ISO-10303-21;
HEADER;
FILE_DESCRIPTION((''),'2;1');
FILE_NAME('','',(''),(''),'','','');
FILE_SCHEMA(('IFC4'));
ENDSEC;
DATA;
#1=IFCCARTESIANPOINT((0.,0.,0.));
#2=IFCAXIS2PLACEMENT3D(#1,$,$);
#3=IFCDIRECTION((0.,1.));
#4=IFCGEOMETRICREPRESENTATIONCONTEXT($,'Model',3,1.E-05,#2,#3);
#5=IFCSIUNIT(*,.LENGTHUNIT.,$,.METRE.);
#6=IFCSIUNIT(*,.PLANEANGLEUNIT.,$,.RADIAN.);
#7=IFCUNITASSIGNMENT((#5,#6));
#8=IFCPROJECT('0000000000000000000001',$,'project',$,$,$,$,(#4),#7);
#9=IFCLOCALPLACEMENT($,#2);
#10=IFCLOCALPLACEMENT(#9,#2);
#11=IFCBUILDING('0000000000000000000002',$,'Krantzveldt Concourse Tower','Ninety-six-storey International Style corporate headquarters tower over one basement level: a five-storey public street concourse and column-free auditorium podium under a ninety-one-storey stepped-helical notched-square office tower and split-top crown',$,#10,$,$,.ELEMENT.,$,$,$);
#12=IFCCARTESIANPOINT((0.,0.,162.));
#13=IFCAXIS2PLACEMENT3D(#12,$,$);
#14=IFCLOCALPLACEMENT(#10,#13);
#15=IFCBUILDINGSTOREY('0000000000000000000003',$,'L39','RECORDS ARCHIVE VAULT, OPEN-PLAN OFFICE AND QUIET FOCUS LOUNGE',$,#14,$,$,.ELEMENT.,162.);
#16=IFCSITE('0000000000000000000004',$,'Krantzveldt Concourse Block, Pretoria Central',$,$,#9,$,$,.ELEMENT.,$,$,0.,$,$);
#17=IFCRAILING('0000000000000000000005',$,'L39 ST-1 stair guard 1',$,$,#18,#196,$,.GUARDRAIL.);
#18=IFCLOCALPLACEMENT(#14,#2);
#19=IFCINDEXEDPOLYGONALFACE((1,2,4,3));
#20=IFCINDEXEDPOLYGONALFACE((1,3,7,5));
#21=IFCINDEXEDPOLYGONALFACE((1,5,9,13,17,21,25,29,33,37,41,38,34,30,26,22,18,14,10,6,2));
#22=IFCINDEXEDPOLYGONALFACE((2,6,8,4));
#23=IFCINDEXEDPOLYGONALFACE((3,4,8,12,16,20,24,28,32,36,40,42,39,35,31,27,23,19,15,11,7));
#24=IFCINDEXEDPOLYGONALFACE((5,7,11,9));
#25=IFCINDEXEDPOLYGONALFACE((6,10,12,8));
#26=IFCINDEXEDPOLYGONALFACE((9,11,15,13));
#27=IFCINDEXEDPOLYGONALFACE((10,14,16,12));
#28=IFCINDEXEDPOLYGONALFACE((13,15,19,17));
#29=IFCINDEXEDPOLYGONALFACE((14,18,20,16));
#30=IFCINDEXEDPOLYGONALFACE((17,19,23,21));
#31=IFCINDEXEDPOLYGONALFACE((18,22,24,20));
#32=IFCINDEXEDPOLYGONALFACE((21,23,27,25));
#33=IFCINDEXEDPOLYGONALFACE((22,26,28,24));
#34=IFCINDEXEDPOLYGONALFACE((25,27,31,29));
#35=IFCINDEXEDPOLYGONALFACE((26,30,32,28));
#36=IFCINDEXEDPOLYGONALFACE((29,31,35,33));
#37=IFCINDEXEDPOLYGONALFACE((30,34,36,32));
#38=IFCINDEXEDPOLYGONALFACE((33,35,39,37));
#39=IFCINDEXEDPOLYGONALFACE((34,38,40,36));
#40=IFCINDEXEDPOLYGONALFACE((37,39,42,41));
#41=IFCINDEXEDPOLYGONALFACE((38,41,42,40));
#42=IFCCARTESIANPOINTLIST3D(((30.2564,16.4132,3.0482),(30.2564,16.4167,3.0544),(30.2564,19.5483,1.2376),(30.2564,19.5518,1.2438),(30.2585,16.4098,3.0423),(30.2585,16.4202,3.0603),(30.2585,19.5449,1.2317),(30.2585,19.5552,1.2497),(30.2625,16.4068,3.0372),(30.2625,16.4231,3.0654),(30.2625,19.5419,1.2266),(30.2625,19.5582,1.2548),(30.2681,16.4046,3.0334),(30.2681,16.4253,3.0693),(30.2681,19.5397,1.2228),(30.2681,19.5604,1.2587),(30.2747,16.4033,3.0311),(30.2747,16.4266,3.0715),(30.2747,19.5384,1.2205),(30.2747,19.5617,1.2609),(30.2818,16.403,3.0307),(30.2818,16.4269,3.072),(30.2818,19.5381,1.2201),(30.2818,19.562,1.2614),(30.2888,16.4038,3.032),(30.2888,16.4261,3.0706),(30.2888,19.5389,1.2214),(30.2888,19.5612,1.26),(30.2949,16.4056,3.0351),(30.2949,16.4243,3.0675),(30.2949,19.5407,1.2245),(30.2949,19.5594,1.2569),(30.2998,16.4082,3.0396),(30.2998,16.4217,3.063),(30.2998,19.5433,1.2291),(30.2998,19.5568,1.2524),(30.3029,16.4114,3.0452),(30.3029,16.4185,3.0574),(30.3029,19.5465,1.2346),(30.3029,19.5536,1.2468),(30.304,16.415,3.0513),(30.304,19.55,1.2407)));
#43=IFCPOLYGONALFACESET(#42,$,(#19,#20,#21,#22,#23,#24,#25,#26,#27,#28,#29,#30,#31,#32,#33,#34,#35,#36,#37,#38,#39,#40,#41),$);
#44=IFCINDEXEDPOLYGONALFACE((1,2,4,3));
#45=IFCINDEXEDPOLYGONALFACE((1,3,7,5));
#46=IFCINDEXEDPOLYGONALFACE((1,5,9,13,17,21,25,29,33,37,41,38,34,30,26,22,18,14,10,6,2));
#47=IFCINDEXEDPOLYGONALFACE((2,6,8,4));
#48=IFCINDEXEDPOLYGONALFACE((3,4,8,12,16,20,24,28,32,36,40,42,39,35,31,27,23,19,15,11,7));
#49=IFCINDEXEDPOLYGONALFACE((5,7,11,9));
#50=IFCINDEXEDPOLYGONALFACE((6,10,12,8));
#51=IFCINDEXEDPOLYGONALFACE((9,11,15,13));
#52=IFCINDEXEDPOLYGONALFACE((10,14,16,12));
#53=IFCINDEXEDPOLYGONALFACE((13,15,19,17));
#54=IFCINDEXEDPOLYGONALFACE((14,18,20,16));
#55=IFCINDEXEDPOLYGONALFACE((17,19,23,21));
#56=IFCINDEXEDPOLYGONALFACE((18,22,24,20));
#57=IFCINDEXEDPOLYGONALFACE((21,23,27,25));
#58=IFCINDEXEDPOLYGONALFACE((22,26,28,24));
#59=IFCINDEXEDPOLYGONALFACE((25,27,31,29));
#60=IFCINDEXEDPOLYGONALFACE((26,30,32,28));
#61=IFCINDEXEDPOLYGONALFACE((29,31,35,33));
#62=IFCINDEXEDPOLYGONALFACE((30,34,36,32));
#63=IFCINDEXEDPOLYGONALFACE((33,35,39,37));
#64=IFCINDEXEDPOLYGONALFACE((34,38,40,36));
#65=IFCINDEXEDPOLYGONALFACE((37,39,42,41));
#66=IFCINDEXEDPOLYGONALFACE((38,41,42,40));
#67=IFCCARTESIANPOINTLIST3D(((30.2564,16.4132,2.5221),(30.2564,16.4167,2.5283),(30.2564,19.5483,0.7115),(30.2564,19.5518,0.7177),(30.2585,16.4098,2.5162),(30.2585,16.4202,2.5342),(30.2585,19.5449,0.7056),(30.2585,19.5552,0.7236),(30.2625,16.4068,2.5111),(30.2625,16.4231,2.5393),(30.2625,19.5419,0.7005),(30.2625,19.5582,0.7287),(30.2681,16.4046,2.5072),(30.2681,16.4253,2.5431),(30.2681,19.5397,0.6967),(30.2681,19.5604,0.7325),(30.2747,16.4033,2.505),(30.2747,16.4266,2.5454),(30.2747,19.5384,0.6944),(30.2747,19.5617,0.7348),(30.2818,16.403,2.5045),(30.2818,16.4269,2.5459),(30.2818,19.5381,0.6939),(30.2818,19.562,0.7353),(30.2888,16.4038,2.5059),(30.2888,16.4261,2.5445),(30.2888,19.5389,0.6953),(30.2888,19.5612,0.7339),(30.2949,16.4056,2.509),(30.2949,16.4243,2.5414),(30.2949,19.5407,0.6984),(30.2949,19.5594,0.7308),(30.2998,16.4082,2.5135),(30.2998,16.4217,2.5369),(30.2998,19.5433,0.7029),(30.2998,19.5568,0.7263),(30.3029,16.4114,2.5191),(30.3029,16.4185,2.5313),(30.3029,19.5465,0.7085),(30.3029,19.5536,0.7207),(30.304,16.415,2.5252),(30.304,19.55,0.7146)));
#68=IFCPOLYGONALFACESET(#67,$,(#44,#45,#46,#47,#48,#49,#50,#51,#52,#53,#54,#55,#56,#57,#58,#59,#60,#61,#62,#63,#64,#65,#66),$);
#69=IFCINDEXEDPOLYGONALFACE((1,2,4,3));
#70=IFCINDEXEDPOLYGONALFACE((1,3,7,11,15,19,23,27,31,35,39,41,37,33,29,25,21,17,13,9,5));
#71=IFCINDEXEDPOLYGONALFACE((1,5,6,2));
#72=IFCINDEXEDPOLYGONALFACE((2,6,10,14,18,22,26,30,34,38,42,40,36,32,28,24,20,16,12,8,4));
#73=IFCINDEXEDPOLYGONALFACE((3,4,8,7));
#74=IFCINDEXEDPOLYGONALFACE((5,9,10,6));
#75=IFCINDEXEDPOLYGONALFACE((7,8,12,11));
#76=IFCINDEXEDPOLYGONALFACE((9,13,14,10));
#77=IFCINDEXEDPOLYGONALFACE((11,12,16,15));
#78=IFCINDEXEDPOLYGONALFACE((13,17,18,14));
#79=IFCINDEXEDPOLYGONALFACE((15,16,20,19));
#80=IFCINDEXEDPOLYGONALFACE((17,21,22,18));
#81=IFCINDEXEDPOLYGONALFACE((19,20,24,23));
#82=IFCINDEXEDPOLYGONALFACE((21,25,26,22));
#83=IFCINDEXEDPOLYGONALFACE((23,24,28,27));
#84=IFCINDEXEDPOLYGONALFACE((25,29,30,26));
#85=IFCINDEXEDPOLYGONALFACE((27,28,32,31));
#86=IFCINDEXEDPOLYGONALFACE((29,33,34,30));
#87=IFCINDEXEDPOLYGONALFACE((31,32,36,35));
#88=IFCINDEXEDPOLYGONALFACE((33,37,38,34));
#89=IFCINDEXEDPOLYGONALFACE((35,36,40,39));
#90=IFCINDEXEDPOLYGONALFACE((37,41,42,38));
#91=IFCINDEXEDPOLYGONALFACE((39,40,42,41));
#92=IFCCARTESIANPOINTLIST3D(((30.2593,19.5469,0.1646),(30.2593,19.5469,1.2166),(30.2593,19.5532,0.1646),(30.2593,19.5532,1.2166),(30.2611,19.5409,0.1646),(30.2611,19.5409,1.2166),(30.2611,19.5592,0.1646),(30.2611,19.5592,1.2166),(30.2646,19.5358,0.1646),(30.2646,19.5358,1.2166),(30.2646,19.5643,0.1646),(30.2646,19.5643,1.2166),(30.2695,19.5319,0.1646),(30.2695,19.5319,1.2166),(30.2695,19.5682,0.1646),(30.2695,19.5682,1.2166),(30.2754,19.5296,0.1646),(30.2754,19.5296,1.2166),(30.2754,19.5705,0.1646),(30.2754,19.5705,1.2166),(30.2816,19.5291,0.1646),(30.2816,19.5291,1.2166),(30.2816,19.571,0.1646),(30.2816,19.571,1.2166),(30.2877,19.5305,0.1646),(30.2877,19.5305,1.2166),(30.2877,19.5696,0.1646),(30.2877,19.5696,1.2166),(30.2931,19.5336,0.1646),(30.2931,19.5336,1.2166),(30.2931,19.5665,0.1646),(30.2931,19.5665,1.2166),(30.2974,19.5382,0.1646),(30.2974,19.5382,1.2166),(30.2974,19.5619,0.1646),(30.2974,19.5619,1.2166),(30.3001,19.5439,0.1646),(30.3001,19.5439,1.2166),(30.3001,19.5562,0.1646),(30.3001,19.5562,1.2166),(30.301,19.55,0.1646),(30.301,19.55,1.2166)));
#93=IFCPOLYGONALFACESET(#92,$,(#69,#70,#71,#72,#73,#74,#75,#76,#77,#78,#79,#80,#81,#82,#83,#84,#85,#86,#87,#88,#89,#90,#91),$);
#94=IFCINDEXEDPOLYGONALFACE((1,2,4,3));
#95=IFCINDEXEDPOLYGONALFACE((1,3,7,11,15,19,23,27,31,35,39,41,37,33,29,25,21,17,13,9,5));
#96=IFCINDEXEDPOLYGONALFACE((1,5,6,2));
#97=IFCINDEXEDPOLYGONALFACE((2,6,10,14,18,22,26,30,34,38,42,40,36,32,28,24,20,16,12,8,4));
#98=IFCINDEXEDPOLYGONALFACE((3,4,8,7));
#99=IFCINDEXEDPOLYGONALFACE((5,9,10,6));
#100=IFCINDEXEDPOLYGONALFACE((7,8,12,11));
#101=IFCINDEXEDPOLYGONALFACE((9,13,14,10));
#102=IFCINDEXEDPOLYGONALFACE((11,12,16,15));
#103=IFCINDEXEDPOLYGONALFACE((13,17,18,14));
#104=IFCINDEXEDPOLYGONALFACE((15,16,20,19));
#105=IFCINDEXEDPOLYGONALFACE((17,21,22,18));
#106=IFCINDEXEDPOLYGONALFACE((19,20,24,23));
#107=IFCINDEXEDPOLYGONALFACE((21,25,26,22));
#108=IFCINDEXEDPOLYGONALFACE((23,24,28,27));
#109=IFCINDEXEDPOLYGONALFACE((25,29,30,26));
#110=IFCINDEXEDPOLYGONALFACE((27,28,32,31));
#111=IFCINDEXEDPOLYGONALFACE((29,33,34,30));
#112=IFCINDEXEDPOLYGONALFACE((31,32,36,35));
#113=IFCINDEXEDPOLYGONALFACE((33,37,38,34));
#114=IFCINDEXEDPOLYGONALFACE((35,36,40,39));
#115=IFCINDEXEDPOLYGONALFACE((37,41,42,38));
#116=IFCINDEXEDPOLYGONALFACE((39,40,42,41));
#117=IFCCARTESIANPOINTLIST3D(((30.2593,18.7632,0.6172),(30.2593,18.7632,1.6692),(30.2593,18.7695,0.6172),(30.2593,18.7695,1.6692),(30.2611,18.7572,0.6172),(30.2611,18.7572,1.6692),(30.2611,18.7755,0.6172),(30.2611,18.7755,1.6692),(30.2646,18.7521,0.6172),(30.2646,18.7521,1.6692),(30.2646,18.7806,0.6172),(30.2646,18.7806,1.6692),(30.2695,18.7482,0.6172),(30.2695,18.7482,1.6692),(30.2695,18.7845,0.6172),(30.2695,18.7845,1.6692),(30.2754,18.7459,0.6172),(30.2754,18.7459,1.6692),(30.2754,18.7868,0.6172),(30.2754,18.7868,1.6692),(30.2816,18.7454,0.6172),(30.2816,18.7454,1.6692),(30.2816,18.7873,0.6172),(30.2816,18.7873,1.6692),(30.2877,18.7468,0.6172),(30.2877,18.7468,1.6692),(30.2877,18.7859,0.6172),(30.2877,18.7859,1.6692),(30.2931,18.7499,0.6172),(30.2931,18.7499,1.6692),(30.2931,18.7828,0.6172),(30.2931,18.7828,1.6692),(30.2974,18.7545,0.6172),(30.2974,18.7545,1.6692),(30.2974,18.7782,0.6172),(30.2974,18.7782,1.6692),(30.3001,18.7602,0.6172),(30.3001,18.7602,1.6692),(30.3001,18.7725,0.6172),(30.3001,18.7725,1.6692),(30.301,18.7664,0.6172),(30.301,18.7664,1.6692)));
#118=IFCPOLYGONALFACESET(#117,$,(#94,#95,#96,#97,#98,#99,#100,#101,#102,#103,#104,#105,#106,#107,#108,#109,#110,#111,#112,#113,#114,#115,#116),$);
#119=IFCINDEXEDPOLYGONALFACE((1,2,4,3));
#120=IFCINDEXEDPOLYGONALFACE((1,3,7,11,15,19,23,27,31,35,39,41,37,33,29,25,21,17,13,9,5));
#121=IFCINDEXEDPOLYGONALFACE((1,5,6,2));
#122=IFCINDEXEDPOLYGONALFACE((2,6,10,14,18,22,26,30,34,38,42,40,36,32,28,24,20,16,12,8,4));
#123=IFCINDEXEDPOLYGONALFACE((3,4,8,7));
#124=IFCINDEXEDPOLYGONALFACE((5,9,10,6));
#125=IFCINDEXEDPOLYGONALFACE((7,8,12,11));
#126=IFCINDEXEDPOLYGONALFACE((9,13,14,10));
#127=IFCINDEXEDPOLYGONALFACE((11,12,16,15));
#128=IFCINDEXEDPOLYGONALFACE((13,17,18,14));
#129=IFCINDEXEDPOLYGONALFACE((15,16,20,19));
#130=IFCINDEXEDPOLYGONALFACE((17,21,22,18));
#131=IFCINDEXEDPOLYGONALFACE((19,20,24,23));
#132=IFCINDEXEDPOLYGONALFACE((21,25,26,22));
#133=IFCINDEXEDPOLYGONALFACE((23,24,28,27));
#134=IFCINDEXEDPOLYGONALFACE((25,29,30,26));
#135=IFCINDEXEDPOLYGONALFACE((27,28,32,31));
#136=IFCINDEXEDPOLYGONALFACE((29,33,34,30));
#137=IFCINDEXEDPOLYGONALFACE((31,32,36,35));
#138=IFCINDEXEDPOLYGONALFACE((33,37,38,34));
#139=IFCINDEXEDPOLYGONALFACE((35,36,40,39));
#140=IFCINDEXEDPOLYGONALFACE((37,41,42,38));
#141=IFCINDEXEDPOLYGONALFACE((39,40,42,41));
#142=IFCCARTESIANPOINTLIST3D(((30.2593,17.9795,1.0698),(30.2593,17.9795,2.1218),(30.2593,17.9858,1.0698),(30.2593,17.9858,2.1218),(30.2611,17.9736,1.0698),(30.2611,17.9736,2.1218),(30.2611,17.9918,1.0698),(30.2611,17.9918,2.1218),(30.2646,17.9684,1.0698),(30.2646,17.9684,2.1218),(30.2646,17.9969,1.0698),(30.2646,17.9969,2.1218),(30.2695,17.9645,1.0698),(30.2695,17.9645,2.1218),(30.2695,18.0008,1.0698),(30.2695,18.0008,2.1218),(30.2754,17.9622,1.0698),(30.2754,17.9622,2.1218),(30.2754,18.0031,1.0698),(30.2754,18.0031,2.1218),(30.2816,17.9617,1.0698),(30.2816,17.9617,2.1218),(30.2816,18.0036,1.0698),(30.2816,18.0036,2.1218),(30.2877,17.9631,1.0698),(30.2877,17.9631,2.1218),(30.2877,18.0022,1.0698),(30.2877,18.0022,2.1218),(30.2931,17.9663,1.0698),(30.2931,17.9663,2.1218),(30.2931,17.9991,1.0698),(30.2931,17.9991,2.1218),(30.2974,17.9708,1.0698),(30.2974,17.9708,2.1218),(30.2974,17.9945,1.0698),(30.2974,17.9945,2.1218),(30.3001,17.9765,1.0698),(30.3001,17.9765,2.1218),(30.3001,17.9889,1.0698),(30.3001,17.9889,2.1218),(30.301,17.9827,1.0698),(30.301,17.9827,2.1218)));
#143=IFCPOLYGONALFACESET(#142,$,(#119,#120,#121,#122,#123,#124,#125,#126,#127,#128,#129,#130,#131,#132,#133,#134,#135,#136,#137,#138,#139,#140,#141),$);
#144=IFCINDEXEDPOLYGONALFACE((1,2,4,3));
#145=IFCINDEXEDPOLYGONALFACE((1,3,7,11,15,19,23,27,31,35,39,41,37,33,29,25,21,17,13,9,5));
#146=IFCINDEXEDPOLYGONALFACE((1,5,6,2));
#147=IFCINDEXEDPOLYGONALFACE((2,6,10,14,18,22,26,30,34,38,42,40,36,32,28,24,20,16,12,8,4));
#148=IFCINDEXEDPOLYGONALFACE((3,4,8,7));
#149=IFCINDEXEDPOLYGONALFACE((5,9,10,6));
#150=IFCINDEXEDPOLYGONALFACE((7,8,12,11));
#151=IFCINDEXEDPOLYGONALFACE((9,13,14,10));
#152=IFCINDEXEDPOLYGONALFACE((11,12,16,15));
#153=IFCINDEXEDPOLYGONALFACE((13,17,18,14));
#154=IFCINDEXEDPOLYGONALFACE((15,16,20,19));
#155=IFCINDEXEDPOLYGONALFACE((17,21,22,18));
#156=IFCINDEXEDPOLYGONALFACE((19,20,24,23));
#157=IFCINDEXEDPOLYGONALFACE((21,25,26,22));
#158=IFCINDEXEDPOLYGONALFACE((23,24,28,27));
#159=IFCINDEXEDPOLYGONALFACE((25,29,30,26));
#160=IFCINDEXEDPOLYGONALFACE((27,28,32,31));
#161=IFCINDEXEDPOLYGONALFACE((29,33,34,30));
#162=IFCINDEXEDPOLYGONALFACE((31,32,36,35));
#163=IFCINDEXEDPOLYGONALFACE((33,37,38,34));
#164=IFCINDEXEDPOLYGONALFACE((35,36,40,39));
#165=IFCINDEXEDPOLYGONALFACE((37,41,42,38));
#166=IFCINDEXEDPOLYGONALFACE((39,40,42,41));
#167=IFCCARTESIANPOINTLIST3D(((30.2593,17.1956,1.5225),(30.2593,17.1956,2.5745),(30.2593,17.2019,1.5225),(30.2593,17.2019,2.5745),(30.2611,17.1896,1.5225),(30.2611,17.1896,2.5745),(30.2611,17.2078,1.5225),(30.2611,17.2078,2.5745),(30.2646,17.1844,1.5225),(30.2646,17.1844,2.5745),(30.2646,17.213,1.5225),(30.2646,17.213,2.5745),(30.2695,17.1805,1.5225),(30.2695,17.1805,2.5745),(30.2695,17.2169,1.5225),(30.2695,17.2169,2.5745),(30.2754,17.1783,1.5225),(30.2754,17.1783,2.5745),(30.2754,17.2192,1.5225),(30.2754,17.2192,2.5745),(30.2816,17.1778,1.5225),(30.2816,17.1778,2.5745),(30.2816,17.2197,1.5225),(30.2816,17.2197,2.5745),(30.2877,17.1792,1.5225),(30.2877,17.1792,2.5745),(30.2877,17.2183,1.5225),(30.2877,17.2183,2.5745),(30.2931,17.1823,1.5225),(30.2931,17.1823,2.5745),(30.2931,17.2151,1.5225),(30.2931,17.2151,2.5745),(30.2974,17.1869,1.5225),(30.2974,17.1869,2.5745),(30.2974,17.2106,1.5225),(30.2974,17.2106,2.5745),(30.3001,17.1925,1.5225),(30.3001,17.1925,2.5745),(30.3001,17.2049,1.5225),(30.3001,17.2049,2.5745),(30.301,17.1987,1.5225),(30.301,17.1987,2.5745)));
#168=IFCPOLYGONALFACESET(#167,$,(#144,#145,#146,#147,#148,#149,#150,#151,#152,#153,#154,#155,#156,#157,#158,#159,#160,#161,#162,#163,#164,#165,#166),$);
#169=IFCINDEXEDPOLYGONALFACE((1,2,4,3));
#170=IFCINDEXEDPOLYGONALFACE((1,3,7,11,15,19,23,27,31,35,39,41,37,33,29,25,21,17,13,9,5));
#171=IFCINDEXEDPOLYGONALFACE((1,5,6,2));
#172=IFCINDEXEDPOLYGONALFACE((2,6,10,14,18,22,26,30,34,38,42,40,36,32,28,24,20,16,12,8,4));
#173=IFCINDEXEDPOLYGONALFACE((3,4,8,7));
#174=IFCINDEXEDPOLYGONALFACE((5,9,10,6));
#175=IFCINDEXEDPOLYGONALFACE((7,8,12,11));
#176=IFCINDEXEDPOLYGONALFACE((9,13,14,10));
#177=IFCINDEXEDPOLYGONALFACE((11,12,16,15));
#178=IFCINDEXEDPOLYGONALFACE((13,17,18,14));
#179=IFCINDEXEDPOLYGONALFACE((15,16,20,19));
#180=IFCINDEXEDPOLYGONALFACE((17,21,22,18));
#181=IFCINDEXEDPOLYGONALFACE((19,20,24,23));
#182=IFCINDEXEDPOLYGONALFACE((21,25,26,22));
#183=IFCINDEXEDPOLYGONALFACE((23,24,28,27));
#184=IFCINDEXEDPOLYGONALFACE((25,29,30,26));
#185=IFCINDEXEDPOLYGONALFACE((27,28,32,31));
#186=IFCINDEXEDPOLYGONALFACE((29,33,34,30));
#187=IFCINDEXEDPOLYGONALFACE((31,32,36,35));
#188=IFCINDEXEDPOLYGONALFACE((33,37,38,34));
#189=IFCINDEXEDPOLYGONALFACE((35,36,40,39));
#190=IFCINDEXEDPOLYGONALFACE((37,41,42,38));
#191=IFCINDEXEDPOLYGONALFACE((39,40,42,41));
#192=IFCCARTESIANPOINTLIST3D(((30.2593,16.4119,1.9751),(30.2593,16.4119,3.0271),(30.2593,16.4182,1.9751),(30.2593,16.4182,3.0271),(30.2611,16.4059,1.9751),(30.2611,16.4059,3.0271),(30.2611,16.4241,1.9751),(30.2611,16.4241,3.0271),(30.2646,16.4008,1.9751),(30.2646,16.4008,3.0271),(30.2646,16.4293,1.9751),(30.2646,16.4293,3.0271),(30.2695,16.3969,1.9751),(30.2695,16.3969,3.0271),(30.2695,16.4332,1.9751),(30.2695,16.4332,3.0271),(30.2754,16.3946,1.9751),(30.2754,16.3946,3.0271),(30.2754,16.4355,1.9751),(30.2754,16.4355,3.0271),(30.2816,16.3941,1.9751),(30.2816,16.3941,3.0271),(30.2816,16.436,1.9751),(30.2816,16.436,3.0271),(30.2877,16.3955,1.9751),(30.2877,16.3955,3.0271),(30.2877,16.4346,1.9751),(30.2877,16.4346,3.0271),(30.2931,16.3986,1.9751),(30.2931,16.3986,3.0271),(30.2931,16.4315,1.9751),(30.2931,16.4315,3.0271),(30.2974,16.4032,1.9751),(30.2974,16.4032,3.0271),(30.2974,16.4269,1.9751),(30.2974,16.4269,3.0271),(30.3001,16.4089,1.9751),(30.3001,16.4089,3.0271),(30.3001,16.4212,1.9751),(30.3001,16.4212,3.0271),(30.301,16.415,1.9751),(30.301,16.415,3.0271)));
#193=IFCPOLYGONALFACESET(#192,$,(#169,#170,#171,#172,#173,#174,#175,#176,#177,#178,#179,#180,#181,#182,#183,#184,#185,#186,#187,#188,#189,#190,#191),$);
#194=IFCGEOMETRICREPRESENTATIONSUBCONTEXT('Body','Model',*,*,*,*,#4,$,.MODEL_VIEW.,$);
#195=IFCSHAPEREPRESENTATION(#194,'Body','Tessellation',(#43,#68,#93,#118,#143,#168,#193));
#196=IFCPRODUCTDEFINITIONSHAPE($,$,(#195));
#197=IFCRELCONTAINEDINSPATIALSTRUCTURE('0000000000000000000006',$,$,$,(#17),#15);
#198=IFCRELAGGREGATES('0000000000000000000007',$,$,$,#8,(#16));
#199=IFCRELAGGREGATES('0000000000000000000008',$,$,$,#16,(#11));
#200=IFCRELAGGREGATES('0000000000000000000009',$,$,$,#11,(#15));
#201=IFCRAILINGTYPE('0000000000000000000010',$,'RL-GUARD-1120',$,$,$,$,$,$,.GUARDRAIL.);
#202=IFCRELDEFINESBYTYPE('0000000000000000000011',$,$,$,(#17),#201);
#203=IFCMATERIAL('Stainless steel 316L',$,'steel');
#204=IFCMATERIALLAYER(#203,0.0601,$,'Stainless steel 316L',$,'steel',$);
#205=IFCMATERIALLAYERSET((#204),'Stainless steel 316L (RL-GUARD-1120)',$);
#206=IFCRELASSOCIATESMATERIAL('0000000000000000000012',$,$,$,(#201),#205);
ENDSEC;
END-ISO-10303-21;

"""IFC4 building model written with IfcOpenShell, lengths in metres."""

from ifc_helpers import new_model, si_unit, direction, frame, origin, origin_2d, place, context, subcontext, project, spatial, circle, extrude, material, layer, layer_set, type_object, element, save


model = new_model("IFC4")

# Units and contexts
model_context = context("Model", 3, precision=1e-05, world=origin(), true_north=direction((0.0, 1.0)))
body_context = subcontext(model_context, "Body", "Model", "MODEL_VIEW")
ifc_project = project(units=[si_unit("LENGTHUNIT", "METRE"), si_unit("PLANEANGLEUNIT", "RADIAN")], contexts=[model_context])

# Site, building, storey
site_placement = place(None, origin())
site = spatial("IfcSite", under=ifc_project, at=site_placement, Name="Krantzveldt Concourse Block, Pretoria Central", CompositionType="ELEMENT", RefElevation=0.0)
building_placement = place(site_placement, origin())
building = spatial("IfcBuilding", under=site, at=building_placement, Name="Krantzveldt Concourse Tower", Description="Ninety-six-storey International Style corporate headquarters tower over one basement level: a five-storey public street concourse and column-free auditorium podium under a ninety-one-storey stepped-helical notched-square office tower and split-top crown", CompositionType="ELEMENT")
storey_placement = place(building_placement, frame((0.0, 0.0, 162.0)))
storey = spatial("IfcBuildingStorey", under=building, at=storey_placement, Name="L39", Description="RECORDS ARCHIVE VAULT, OPEN-PLAN OFFICE AND QUIET FOCUS LOUNGE", CompositionType="ELEMENT", Elevation=162.0)

# Railing
ifc_material_1 = material(Name="Stainless steel 316L", Category="steel")
ifc_layer_1 = layer(ifc_material_1, 0.0601, Name="Stainless steel 316L", Category="steel")
ifc_layer_set_1 = layer_set([ifc_layer_1], Name="Stainless steel 316L (RL-GUARD-1120)")
railing_type_1 = type_object("IfcRailingType", Name="RL-GUARD-1120", PredefinedType="GUARDRAIL", material=ifc_layer_set_1)
railing_1_placement = place(storey_placement, frame((30.28, 19.55, 0.1646)))
element("IfcRailing", 1, at=railing_1_placement, inside=storey, type_object=railing_type_1, Name="L39 ST-1 stair guard 1", PredefinedType="GUARDRAIL", context=body_context, shape_type="SweptSolid", body=[
    extrude(circle(Radius=0.0239, at=origin_2d()), frame((0.0, 0.0, 1.0762), z_axis=(0.0, -0.86596, 0.500114), x_axis=(1.0, 0.0, 0.0)), (0.0, 0.0, 1.0), 3.6204),
    extrude(circle(Radius=0.0239, at=origin_2d()), frame((0.0, 0.0, 0.55), z_axis=(0.0, -0.86596, 0.500114), x_axis=(1.0, 0.0, 0.0)), (0.0, 0.0, 1.0), 3.6204),
    extrude(circle(Radius=0.021, at=origin_2d()), origin(), (0.0, 0.0, 1.0), 1.052),
    extrude(circle(Radius=0.021, at=origin_2d()), frame((0.0, -0.7837, 0.4526)), (0.0, 0.0, 1.0), 1.052),
    extrude(circle(Radius=0.021, at=origin_2d()), frame((0.0, -1.5674, 0.9053)), (0.0, 0.0, 1.0), 1.052),
    extrude(circle(Radius=0.021, at=origin_2d()), frame((0.0, -2.3513, 1.3579)), (0.0, 0.0, 1.0), 1.052),
    extrude(circle(Radius=0.021, at=origin_2d()), frame((0.0, -3.135, 1.8105)), (0.0, 0.0, 1.0), 1.052),
])

save(model, "model.ifc")
